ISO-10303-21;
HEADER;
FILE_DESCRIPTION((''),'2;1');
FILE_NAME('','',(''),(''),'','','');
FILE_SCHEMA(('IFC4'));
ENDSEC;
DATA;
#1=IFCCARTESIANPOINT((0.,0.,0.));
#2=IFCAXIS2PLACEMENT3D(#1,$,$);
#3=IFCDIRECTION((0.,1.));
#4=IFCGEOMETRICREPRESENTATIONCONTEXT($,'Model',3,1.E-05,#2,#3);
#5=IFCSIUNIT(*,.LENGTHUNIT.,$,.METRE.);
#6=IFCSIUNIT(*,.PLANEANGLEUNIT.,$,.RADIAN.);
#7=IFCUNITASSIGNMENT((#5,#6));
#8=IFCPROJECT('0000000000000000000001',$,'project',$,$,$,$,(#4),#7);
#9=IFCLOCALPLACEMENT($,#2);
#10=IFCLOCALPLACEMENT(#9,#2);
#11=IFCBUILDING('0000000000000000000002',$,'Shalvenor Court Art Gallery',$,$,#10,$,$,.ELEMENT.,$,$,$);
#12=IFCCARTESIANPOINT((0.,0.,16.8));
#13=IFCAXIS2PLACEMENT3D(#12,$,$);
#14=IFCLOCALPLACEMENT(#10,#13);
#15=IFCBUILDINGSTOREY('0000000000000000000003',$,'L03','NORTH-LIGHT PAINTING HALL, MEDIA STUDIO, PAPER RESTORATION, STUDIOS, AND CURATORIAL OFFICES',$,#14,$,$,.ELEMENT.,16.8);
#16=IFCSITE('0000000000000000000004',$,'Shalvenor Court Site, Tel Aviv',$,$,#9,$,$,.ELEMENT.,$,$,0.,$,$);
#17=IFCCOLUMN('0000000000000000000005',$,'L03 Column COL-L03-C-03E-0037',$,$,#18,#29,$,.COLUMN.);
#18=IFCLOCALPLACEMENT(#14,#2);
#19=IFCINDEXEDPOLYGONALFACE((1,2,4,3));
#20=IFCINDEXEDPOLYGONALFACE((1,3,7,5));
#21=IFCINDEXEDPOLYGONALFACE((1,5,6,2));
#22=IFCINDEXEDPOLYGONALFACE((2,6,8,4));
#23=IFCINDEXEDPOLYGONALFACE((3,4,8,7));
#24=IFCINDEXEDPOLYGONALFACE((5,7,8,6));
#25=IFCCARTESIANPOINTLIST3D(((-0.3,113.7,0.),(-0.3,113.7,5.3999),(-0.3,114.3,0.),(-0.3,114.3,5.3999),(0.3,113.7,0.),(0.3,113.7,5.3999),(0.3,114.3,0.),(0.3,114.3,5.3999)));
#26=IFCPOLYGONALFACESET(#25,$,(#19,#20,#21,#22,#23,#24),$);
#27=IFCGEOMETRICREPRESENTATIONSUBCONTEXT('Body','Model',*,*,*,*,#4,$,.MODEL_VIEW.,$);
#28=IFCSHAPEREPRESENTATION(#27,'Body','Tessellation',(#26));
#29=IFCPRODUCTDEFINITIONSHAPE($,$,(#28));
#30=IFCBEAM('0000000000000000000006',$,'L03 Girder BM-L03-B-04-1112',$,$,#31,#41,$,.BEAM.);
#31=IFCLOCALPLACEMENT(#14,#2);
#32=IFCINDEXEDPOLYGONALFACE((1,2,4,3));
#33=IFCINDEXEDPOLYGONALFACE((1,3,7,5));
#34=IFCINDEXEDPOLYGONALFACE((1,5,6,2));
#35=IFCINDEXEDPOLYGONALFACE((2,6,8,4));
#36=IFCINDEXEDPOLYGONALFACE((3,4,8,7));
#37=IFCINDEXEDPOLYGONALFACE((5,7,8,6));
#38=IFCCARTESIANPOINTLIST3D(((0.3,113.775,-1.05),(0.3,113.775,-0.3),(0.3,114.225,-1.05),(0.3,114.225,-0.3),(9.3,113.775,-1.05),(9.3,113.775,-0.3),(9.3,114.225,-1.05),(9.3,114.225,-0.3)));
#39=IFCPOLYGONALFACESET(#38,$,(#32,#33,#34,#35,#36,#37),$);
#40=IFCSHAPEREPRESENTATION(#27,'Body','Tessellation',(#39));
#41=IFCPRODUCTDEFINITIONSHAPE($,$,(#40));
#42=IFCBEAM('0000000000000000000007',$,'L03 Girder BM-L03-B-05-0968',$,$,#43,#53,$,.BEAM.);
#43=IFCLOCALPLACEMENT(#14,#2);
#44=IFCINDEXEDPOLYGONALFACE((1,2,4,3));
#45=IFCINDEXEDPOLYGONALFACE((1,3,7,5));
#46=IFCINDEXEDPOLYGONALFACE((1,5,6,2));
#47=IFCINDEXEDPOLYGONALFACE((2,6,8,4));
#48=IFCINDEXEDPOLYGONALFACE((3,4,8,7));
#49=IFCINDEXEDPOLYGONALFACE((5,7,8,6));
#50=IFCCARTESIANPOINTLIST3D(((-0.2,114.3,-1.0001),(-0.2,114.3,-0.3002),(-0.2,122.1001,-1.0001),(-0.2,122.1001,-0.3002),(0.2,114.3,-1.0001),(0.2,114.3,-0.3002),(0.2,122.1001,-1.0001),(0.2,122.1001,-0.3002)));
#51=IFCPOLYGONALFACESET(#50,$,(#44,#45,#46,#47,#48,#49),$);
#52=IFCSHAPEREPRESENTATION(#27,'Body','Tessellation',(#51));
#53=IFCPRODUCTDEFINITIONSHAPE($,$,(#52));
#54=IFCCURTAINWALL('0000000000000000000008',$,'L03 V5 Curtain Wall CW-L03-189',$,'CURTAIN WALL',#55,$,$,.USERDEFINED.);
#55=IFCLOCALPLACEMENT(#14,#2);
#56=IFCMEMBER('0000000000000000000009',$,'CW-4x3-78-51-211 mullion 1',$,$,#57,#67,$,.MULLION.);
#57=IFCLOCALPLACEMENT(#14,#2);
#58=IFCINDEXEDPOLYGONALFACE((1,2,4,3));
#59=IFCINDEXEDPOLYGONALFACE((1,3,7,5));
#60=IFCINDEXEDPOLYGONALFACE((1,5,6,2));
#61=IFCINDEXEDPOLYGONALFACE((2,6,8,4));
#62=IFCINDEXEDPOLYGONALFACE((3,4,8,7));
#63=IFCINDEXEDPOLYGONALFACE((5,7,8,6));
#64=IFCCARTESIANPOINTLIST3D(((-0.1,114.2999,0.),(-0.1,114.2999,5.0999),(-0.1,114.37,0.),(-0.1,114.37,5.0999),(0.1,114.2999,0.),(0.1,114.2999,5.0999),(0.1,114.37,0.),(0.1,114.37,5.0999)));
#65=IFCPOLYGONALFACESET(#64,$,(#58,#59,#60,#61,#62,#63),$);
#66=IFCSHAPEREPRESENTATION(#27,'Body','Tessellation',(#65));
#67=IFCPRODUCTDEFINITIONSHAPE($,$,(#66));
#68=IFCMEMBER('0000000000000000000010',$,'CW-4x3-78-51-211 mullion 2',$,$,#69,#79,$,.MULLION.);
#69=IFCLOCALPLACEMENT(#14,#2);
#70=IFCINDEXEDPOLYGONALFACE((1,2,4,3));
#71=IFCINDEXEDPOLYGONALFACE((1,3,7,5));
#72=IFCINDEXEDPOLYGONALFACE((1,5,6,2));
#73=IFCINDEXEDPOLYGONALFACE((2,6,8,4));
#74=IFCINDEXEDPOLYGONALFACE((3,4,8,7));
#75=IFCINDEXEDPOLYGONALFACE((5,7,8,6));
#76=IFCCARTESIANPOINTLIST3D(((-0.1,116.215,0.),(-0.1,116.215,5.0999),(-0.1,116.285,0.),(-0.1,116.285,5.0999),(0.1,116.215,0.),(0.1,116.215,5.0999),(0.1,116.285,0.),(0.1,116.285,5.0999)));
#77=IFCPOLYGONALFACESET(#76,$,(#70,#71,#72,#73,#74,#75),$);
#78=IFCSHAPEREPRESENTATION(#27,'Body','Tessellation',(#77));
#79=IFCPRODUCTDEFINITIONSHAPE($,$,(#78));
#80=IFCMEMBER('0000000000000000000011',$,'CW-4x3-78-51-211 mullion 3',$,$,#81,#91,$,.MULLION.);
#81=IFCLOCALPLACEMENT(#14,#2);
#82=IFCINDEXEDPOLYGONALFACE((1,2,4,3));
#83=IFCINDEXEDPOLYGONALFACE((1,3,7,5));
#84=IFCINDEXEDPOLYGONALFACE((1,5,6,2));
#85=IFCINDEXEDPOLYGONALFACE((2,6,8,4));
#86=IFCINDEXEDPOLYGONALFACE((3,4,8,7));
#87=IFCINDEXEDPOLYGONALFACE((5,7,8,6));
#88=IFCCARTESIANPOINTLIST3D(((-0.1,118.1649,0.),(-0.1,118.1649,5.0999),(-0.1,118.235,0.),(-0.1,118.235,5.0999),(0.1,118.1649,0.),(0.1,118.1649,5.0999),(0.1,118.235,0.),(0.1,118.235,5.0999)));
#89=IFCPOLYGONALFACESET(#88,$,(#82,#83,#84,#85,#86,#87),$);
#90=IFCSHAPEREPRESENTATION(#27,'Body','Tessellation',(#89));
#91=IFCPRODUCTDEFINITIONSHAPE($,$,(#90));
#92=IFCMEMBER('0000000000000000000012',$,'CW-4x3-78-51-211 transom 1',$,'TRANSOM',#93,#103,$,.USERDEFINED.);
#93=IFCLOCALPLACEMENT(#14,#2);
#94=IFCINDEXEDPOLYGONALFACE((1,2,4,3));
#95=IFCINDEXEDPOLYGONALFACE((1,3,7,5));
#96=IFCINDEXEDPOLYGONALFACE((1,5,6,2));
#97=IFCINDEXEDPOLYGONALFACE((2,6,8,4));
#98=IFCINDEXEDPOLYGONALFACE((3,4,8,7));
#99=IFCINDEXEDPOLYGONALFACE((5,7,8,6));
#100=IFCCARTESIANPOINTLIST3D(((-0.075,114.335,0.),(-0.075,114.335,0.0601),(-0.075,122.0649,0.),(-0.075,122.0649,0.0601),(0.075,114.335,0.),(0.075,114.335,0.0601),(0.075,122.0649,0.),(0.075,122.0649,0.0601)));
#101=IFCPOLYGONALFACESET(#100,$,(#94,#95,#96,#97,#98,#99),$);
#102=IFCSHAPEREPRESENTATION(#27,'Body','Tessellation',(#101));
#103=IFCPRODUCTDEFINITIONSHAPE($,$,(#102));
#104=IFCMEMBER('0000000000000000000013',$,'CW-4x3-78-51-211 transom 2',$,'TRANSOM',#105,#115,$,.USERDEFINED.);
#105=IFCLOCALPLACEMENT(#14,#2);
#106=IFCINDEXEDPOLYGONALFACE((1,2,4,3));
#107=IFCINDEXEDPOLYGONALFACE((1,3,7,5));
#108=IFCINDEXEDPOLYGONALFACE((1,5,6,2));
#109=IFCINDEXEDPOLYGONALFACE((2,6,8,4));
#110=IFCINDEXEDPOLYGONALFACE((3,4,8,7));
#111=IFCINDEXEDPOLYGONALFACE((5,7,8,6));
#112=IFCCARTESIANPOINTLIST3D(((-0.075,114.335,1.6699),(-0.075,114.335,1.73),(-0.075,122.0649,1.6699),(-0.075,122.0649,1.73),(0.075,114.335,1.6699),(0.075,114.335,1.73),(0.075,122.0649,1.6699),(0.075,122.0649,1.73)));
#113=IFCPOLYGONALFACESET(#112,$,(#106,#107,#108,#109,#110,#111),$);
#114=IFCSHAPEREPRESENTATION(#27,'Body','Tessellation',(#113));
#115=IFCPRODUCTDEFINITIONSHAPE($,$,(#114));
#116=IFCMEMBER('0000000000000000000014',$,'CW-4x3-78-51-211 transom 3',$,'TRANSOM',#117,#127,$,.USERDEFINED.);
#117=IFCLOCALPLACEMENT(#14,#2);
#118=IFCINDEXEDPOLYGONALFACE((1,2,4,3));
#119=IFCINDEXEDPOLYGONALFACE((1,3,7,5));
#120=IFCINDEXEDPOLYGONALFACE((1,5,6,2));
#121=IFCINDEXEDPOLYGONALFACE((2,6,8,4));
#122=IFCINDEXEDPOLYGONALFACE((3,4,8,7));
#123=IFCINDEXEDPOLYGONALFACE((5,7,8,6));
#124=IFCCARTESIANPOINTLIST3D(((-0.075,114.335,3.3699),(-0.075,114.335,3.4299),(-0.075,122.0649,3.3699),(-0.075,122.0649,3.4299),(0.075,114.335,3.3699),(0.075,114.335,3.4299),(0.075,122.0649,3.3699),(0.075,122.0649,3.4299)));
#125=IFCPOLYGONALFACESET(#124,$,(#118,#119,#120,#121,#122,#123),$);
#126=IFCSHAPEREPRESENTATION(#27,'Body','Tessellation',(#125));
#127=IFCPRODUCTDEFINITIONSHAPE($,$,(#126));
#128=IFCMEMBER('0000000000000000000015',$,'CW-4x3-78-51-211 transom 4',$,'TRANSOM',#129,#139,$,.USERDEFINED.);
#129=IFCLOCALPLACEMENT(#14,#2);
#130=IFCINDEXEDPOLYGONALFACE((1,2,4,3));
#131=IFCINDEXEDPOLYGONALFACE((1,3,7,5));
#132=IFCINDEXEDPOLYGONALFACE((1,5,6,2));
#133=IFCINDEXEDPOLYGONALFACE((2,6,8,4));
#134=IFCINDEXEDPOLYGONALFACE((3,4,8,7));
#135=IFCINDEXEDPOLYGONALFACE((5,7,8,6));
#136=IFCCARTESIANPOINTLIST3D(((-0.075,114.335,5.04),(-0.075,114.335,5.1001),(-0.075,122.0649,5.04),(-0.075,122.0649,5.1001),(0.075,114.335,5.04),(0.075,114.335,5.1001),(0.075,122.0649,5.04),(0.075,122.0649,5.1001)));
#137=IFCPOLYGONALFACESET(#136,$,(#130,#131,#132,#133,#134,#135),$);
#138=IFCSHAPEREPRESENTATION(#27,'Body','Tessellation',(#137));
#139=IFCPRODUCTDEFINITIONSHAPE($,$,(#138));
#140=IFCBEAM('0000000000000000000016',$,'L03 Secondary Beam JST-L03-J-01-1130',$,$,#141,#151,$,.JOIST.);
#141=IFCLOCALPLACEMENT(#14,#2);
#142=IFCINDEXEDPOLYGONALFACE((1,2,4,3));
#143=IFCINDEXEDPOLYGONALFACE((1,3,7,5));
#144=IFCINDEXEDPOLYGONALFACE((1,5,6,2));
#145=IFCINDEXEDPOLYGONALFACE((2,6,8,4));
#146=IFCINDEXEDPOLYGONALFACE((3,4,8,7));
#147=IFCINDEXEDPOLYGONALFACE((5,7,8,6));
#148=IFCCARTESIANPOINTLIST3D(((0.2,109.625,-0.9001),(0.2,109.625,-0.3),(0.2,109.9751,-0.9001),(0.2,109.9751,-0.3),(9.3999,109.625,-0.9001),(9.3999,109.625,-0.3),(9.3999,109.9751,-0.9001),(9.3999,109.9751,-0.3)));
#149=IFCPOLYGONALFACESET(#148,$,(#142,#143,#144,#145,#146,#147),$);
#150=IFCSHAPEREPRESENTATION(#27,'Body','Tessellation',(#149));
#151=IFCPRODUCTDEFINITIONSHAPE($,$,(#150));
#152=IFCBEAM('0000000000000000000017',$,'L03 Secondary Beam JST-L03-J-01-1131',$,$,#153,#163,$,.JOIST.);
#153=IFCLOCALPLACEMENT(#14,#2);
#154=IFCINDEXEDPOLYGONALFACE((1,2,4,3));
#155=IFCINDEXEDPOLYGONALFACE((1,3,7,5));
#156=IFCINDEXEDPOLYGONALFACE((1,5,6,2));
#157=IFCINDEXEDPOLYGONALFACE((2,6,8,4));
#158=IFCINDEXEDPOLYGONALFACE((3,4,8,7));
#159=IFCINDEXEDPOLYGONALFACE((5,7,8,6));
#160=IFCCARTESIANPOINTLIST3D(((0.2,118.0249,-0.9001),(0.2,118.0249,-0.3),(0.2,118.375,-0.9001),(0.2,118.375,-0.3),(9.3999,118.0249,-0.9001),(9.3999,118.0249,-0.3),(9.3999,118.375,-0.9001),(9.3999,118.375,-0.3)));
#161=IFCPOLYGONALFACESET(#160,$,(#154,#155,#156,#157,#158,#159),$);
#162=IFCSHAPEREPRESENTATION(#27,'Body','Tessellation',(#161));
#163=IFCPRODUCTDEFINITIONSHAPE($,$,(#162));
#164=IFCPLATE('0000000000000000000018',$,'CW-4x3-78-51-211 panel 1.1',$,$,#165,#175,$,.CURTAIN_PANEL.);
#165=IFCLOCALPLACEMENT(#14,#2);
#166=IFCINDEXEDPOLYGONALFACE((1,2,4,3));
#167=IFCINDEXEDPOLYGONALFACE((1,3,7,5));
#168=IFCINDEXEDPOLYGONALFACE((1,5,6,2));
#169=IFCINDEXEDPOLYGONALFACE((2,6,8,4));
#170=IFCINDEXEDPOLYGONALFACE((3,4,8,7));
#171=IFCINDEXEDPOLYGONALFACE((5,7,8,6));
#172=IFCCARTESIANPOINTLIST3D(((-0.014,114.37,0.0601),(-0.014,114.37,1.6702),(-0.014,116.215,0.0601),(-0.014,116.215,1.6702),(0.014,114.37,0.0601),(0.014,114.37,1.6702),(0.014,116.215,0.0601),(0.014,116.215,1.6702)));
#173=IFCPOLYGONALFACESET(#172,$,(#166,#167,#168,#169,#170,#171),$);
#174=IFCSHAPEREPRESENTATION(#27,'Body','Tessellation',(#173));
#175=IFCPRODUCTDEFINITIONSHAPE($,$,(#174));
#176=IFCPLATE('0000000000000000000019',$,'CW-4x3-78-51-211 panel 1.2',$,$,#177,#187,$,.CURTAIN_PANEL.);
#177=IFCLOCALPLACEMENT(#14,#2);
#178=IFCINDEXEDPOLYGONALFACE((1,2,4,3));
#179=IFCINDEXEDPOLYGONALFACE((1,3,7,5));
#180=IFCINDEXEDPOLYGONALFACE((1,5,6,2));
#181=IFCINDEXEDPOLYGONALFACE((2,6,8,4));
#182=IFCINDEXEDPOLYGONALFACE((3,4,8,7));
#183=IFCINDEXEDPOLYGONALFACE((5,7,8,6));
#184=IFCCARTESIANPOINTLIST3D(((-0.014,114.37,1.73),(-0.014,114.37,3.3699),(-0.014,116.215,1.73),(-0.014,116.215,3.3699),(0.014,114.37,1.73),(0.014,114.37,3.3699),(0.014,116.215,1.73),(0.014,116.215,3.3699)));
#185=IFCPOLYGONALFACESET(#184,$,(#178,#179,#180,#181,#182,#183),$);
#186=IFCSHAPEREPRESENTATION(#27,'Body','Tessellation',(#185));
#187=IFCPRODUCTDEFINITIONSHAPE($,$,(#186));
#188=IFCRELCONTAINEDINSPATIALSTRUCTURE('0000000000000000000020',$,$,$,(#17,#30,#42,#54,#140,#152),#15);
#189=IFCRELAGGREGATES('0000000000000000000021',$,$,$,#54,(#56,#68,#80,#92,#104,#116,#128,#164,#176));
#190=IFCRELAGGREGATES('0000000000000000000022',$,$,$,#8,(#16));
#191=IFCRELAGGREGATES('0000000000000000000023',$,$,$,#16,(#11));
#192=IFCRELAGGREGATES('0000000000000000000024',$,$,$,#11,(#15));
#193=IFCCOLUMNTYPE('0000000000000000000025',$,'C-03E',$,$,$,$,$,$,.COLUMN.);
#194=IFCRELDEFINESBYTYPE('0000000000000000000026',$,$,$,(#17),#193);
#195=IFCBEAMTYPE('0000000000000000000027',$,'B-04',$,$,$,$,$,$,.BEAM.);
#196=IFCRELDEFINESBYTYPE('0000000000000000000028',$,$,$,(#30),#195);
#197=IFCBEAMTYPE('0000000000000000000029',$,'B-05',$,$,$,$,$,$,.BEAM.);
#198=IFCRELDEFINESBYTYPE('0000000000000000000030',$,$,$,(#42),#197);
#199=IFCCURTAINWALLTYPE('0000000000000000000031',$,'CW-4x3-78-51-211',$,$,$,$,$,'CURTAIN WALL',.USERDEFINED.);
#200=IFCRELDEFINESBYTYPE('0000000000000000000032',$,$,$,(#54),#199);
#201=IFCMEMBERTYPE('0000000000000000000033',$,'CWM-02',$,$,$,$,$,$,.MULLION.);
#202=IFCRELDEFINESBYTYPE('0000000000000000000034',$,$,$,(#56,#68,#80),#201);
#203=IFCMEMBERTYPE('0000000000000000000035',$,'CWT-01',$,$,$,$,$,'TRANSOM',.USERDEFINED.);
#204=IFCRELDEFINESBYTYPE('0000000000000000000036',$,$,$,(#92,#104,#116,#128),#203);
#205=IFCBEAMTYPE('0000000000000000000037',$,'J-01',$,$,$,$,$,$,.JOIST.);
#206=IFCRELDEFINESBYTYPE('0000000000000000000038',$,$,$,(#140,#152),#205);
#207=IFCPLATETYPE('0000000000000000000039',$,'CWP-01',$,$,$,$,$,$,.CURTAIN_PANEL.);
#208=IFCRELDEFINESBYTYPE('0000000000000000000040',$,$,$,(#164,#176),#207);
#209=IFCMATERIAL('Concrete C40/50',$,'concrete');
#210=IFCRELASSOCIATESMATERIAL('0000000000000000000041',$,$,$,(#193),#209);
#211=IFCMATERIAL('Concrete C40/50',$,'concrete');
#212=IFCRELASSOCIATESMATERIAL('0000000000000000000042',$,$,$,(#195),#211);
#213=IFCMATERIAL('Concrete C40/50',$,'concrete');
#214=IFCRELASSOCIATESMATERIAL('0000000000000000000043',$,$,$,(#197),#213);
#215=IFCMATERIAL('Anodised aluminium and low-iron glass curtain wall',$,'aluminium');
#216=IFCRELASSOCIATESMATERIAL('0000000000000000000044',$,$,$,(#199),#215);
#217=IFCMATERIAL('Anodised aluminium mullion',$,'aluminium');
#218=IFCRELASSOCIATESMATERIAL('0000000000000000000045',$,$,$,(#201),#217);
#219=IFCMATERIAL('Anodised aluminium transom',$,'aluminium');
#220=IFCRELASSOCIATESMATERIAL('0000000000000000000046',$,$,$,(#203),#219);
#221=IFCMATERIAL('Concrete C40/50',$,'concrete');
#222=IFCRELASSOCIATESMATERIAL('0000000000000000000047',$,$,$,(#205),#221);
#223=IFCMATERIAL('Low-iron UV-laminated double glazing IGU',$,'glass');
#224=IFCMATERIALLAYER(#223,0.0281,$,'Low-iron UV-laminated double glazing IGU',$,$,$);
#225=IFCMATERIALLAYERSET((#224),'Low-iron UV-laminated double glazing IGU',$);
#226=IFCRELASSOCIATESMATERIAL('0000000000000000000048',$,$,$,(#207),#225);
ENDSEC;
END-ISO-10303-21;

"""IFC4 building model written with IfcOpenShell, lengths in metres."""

from ifc_helpers import new_model, si_unit, direction, frame, origin, origin_2d, place, context, subcontext, project, spatial, rectangle, extrude, material, layer, layer_set, material_profile, profile_set, type_object, element, aggregate, save


model = new_model("IFC4")

# Units and contexts
model_context = context("Model", 3, precision=1e-05, world=origin(), true_north=direction((0.0, 1.0)))
body_context = subcontext(model_context, "Body", "Model", "MODEL_VIEW")
ifc_project = project(units=[si_unit("LENGTHUNIT", "METRE"), si_unit("PLANEANGLEUNIT", "RADIAN")], contexts=[model_context])

# Site, building, storey
site_placement = place(None, origin())
site = spatial("IfcSite", under=ifc_project, at=site_placement, Name="Shalvenor Court Site, Tel Aviv", CompositionType="ELEMENT", RefElevation=0.0)
building_placement = place(site_placement, origin())
building = spatial("IfcBuilding", under=site, at=building_placement, Name="Shalvenor Court Art Gallery", CompositionType="ELEMENT")
storey_placement = place(building_placement, frame((0.0, 0.0, 16.8)))
storey = spatial("IfcBuildingStorey", under=building, at=storey_placement, Name="L03", Description="NORTH-LIGHT PAINTING HALL, MEDIA STUDIO, PAPER RESTORATION, STUDIOS, AND CURATORIAL OFFICES", CompositionType="ELEMENT", Elevation=16.8)

# Column
ifc_material_1 = material(Name="Concrete C40/50", Category="concrete")
ifc_material_profile_1 = material_profile(ifc_material_1, rectangle(XDim=0.6001, YDim=0.6001, at=origin_2d()), Name="RC 600x600")
ifc_profile_set_1 = profile_set([ifc_material_profile_1], Name="Concrete C40/50")
column_type = type_object("IfcColumnType", Name="C-03E", PredefinedType="COLUMN", material=ifc_profile_set_1)
column_placement = place(storey_placement, frame((0.0, 114.0, 0.0), z_axis=(0.0, 0.0, 1.0), x_axis=(1.0, 0.0, 0.0)))
element("IfcColumn", 1, at=column_placement, inside=storey, type_object=column_type, Name="L03 Column COL-L03-C-03E-0037", PredefinedType="COLUMN", context=body_context, shape_type="SweptSolid", body=[
    extrude(rectangle(XDim=0.6001, YDim=0.6001, at=origin_2d()), origin(), (0.0, 0.0, 1.0), 5.3999),
])

# Beams
ifc_material_2 = material(Name="Concrete C40/50", Category="concrete")
ifc_material_profile_2 = material_profile(ifc_material_2, rectangle(XDim=0.45, YDim=0.75, at=origin_2d()), Name="RC 450x750")
ifc_profile_set_2 = profile_set([ifc_material_profile_2], Name="Concrete C40/50")
beam_type_1 = type_object("IfcBeamType", Name="B-04", PredefinedType="BEAM", material=ifc_profile_set_2)
beam_1_placement = place(storey_placement, frame((0.3, 114.0, -0.675), z_axis=(1.0, 0.0, 0.0), x_axis=(0.0, 1.0, 0.0)))
element("IfcBeam", 2, at=beam_1_placement, inside=storey, type_object=beam_type_1, Name="L03 Girder BM-L03-B-04-1112", PredefinedType="BEAM", context=body_context, shape_type="SweptSolid", body=[
    extrude(rectangle(XDim=0.45, YDim=0.75, at=origin_2d()), origin(), (0.0, 0.0, 1.0), 9.0),
])
ifc_material_3 = material(Name="Concrete C40/50", Category="concrete")
ifc_material_profile_3 = material_profile(ifc_material_3, rectangle(XDim=0.3999, YDim=0.7, at=origin_2d()), Name="RC 400x700")
ifc_profile_set_3 = profile_set([ifc_material_profile_3], Name="Concrete C40/50")
beam_type_2 = type_object("IfcBeamType", Name="B-05", PredefinedType="BEAM", material=ifc_profile_set_3)
beam_2_placement = place(storey_placement, frame((0.0, 114.3, -0.6501), z_axis=(0.0, 1.0, 0.0), x_axis=(-1.0, 0.0, 0.0)))
element("IfcBeam", 3, at=beam_2_placement, inside=storey, type_object=beam_type_2, Name="L03 Girder BM-L03-B-05-0968", PredefinedType="BEAM", context=body_context, shape_type="SweptSolid", body=[
    extrude(rectangle(XDim=0.3999, YDim=0.7, at=origin_2d()), origin(), (0.0, 0.0, 1.0), 7.8),
])

# Curtain wall, members
ifc_material_4 = material(Name="Anodised aluminium and low-iron glass curtain wall", Category="aluminium")
curtain_wall_type = type_object("IfcCurtainWallType", Name="CW-4x3-78-51-211", ElementType="CURTAIN WALL", PredefinedType="USERDEFINED", material=ifc_material_4)
curtain_wall_placement = place(storey_placement, origin())
curtain_wall = element("IfcCurtainWall", 4, at=curtain_wall_placement, inside=storey, type_object=curtain_wall_type, Name="L03 V5 Curtain Wall CW-L03-189", ObjectType="CURTAIN WALL", PredefinedType="USERDEFINED")
ifc_material_5 = material(Name="Anodised aluminium mullion", Category="aluminium")
ifc_material_profile_4 = material_profile(ifc_material_5, rectangle(XDim=0.0701, YDim=0.2, at=origin_2d()), Name="CWM-02")
ifc_profile_set_4 = profile_set([ifc_material_profile_4], Name="Anodised aluminium mullion")
member_type_1 = type_object("IfcMemberType", Name="CWM-02", PredefinedType="MULLION", material=ifc_profile_set_4)
member_1_placement = place(storey_placement, frame((0.0, 114.335, 0.0), z_axis=(0.0, 0.0, 1.0), x_axis=(0.0, 1.0, 0.0)))
member_1 = element("IfcMember", 5, at=member_1_placement, type_object=member_type_1, Name="CW-4x3-78-51-211 mullion 1", PredefinedType="MULLION", context=body_context, shape_type="SweptSolid", body=[
    extrude(rectangle(XDim=0.0701, YDim=0.2, at=origin_2d()), origin(), (0.0, 0.0, 1.0), 5.0999),
])
member_2_placement = place(storey_placement, frame((0.0, 116.25, 0.0), z_axis=(0.0, 0.0, 1.0), x_axis=(0.0, 1.0, 0.0)))
member_2 = element("IfcMember", 6, at=member_2_placement, type_object=member_type_1, Name="CW-4x3-78-51-211 mullion 2", PredefinedType="MULLION", context=body_context, shape_type="SweptSolid", body=[
    extrude(rectangle(XDim=0.0701, YDim=0.2, at=origin_2d()), origin(), (0.0, 0.0, 1.0), 5.0999),
])
member_3_placement = place(storey_placement, frame((0.0, 118.2, 0.0), z_axis=(0.0, 0.0, 1.0), x_axis=(0.0, 1.0, 0.0)))
member_3 = element("IfcMember", 7, at=member_3_placement, type_object=member_type_1, Name="CW-4x3-78-51-211 mullion 3", PredefinedType="MULLION", context=body_context, shape_type="SweptSolid", body=[
    extrude(rectangle(XDim=0.0701, YDim=0.2, at=origin_2d()), origin(), (0.0, 0.0, 1.0), 5.0999),
])
ifc_material_6 = material(Name="Anodised aluminium transom", Category="aluminium")
ifc_material_profile_5 = material_profile(ifc_material_6, rectangle(XDim=0.1499, YDim=0.0601, at=origin_2d()), Name="CWT-01")
ifc_profile_set_5 = profile_set([ifc_material_profile_5], Name="Anodised aluminium transom")
member_type_2 = type_object("IfcMemberType", Name="CWT-01", ElementType="TRANSOM", PredefinedType="USERDEFINED", material=ifc_profile_set_5)
member_4_placement = place(storey_placement, frame((0.0, 114.335, 0.03), z_axis=(0.0, 1.0, 0.0), x_axis=(-1.0, 0.0, 0.0)))
member_4 = element("IfcMember", 8, at=member_4_placement, type_object=member_type_2, Name="CW-4x3-78-51-211 transom 1", ObjectType="TRANSOM", PredefinedType="USERDEFINED", context=body_context, shape_type="SweptSolid", body=[
    extrude(rectangle(XDim=0.1499, YDim=0.0601, at=origin_2d()), origin(), (0.0, 0.0, 1.0), 7.73),
])
member_5_placement = place(storey_placement, frame((0.0, 114.335, 1.7), z_axis=(0.0, 1.0, 0.0), x_axis=(-1.0, 0.0, 0.0)))
member_5 = element("IfcMember", 9, at=member_5_placement, type_object=member_type_2, Name="CW-4x3-78-51-211 transom 2", ObjectType="TRANSOM", PredefinedType="USERDEFINED", context=body_context, shape_type="SweptSolid", body=[
    extrude(rectangle(XDim=0.1499, YDim=0.0601, at=origin_2d()), origin(), (0.0, 0.0, 1.0), 7.73),
])
member_6_placement = place(storey_placement, frame((0.0, 114.335, 3.3999), z_axis=(0.0, 1.0, 0.0), x_axis=(-1.0, 0.0, 0.0)))
member_6 = element("IfcMember", 10, at=member_6_placement, type_object=member_type_2, Name="CW-4x3-78-51-211 transom 3", ObjectType="TRANSOM", PredefinedType="USERDEFINED", context=body_context, shape_type="SweptSolid", body=[
    extrude(rectangle(XDim=0.1499, YDim=0.0601, at=origin_2d()), origin(), (0.0, 0.0, 1.0), 7.73),
])
member_7_placement = place(storey_placement, frame((0.0, 114.335, 5.0701), z_axis=(0.0, 1.0, 0.0), x_axis=(-1.0, 0.0, 0.0)))
member_7 = element("IfcMember", 11, at=member_7_placement, type_object=member_type_2, Name="CW-4x3-78-51-211 transom 4", ObjectType="TRANSOM", PredefinedType="USERDEFINED", context=body_context, shape_type="SweptSolid", body=[
    extrude(rectangle(XDim=0.1499, YDim=0.0601, at=origin_2d()), origin(), (0.0, 0.0, 1.0), 7.73),
])

# Beams
ifc_material_7 = material(Name="Concrete C40/50", Category="concrete")
ifc_material_profile_6 = material_profile(ifc_material_7, rectangle(XDim=0.3501, YDim=0.6001, at=origin_2d()), Name="RC 350x600")
ifc_profile_set_6 = profile_set([ifc_material_profile_6], Name="Concrete C40/50")
beam_type_3 = type_object("IfcBeamType", Name="J-01", PredefinedType="JOIST", material=ifc_profile_set_6)
for number, where, z_axis, x_axis, name in (
    (12, (0.2, 109.8, -0.6001), (1.0, 0.0, 0.0), (0.0, 1.0, 0.0), "L03 Secondary Beam JST-L03-J-01-1130"),
    (13, (0.2, 118.2, -0.6001), (1.0, 0.0, 0.0), (0.0, 1.0, 0.0), "L03 Secondary Beam JST-L03-J-01-1131"),
):
    element("IfcBeam", number, at=place(storey_placement, frame(where, z_axis=z_axis, x_axis=x_axis)), inside=storey, type_object=beam_type_3, Name=name, PredefinedType="JOIST", context=body_context, shape_type="SweptSolid", body=[
        extrude(rectangle(XDim=0.3501, YDim=0.6001, at=origin_2d()), origin(), (0.0, 0.0, 1.0), 9.2),
    ])

# Plates
ifc_material_8 = material(Name="Low-iron UV-laminated double glazing IGU", Category="glass")
ifc_layer_1 = layer(ifc_material_8, 0.0281, Name="Low-iron UV-laminated double glazing IGU")
ifc_layer_set_1 = layer_set([ifc_layer_1], Name="Low-iron UV-laminated double glazing IGU")
plate_type_1 = type_object("IfcPlateType", Name="CWP-01", PredefinedType="CURTAIN_PANEL", material=ifc_layer_set_1)
plate_1_placement = place(storey_placement, frame((0.0, 115.2925, 0.0601), z_axis=(0.0, 0.0, 1.0), x_axis=(0.0, 1.0, 0.0)))
plate_1 = element("IfcPlate", 14, at=plate_1_placement, type_object=plate_type_1, Name="CW-4x3-78-51-211 panel 1.1", PredefinedType="CURTAIN_PANEL", context=body_context, shape_type="SweptSolid", body=[
    extrude(rectangle(XDim=1.845, YDim=0.0281, at=origin_2d()), origin(), (0.0, 0.0, 1.0), 1.6101),
])
plate_2_placement = place(storey_placement, frame((0.0, 115.2925, 1.73), z_axis=(0.0, 0.0, 1.0), x_axis=(0.0, 1.0, 0.0)))
plate_2 = element("IfcPlate", 15, at=plate_2_placement, type_object=plate_type_1, Name="CW-4x3-78-51-211 panel 1.2", PredefinedType="CURTAIN_PANEL", context=body_context, shape_type="SweptSolid", body=[
    extrude(rectangle(XDim=1.845, YDim=0.0281, at=origin_2d()), origin(), (0.0, 0.0, 1.0), 1.6399),
])
aggregate(curtain_wall, [member_1, member_2, member_3, member_4, member_5, member_6, member_7, plate_1, plate_2])

save(model, "model.ifc")
